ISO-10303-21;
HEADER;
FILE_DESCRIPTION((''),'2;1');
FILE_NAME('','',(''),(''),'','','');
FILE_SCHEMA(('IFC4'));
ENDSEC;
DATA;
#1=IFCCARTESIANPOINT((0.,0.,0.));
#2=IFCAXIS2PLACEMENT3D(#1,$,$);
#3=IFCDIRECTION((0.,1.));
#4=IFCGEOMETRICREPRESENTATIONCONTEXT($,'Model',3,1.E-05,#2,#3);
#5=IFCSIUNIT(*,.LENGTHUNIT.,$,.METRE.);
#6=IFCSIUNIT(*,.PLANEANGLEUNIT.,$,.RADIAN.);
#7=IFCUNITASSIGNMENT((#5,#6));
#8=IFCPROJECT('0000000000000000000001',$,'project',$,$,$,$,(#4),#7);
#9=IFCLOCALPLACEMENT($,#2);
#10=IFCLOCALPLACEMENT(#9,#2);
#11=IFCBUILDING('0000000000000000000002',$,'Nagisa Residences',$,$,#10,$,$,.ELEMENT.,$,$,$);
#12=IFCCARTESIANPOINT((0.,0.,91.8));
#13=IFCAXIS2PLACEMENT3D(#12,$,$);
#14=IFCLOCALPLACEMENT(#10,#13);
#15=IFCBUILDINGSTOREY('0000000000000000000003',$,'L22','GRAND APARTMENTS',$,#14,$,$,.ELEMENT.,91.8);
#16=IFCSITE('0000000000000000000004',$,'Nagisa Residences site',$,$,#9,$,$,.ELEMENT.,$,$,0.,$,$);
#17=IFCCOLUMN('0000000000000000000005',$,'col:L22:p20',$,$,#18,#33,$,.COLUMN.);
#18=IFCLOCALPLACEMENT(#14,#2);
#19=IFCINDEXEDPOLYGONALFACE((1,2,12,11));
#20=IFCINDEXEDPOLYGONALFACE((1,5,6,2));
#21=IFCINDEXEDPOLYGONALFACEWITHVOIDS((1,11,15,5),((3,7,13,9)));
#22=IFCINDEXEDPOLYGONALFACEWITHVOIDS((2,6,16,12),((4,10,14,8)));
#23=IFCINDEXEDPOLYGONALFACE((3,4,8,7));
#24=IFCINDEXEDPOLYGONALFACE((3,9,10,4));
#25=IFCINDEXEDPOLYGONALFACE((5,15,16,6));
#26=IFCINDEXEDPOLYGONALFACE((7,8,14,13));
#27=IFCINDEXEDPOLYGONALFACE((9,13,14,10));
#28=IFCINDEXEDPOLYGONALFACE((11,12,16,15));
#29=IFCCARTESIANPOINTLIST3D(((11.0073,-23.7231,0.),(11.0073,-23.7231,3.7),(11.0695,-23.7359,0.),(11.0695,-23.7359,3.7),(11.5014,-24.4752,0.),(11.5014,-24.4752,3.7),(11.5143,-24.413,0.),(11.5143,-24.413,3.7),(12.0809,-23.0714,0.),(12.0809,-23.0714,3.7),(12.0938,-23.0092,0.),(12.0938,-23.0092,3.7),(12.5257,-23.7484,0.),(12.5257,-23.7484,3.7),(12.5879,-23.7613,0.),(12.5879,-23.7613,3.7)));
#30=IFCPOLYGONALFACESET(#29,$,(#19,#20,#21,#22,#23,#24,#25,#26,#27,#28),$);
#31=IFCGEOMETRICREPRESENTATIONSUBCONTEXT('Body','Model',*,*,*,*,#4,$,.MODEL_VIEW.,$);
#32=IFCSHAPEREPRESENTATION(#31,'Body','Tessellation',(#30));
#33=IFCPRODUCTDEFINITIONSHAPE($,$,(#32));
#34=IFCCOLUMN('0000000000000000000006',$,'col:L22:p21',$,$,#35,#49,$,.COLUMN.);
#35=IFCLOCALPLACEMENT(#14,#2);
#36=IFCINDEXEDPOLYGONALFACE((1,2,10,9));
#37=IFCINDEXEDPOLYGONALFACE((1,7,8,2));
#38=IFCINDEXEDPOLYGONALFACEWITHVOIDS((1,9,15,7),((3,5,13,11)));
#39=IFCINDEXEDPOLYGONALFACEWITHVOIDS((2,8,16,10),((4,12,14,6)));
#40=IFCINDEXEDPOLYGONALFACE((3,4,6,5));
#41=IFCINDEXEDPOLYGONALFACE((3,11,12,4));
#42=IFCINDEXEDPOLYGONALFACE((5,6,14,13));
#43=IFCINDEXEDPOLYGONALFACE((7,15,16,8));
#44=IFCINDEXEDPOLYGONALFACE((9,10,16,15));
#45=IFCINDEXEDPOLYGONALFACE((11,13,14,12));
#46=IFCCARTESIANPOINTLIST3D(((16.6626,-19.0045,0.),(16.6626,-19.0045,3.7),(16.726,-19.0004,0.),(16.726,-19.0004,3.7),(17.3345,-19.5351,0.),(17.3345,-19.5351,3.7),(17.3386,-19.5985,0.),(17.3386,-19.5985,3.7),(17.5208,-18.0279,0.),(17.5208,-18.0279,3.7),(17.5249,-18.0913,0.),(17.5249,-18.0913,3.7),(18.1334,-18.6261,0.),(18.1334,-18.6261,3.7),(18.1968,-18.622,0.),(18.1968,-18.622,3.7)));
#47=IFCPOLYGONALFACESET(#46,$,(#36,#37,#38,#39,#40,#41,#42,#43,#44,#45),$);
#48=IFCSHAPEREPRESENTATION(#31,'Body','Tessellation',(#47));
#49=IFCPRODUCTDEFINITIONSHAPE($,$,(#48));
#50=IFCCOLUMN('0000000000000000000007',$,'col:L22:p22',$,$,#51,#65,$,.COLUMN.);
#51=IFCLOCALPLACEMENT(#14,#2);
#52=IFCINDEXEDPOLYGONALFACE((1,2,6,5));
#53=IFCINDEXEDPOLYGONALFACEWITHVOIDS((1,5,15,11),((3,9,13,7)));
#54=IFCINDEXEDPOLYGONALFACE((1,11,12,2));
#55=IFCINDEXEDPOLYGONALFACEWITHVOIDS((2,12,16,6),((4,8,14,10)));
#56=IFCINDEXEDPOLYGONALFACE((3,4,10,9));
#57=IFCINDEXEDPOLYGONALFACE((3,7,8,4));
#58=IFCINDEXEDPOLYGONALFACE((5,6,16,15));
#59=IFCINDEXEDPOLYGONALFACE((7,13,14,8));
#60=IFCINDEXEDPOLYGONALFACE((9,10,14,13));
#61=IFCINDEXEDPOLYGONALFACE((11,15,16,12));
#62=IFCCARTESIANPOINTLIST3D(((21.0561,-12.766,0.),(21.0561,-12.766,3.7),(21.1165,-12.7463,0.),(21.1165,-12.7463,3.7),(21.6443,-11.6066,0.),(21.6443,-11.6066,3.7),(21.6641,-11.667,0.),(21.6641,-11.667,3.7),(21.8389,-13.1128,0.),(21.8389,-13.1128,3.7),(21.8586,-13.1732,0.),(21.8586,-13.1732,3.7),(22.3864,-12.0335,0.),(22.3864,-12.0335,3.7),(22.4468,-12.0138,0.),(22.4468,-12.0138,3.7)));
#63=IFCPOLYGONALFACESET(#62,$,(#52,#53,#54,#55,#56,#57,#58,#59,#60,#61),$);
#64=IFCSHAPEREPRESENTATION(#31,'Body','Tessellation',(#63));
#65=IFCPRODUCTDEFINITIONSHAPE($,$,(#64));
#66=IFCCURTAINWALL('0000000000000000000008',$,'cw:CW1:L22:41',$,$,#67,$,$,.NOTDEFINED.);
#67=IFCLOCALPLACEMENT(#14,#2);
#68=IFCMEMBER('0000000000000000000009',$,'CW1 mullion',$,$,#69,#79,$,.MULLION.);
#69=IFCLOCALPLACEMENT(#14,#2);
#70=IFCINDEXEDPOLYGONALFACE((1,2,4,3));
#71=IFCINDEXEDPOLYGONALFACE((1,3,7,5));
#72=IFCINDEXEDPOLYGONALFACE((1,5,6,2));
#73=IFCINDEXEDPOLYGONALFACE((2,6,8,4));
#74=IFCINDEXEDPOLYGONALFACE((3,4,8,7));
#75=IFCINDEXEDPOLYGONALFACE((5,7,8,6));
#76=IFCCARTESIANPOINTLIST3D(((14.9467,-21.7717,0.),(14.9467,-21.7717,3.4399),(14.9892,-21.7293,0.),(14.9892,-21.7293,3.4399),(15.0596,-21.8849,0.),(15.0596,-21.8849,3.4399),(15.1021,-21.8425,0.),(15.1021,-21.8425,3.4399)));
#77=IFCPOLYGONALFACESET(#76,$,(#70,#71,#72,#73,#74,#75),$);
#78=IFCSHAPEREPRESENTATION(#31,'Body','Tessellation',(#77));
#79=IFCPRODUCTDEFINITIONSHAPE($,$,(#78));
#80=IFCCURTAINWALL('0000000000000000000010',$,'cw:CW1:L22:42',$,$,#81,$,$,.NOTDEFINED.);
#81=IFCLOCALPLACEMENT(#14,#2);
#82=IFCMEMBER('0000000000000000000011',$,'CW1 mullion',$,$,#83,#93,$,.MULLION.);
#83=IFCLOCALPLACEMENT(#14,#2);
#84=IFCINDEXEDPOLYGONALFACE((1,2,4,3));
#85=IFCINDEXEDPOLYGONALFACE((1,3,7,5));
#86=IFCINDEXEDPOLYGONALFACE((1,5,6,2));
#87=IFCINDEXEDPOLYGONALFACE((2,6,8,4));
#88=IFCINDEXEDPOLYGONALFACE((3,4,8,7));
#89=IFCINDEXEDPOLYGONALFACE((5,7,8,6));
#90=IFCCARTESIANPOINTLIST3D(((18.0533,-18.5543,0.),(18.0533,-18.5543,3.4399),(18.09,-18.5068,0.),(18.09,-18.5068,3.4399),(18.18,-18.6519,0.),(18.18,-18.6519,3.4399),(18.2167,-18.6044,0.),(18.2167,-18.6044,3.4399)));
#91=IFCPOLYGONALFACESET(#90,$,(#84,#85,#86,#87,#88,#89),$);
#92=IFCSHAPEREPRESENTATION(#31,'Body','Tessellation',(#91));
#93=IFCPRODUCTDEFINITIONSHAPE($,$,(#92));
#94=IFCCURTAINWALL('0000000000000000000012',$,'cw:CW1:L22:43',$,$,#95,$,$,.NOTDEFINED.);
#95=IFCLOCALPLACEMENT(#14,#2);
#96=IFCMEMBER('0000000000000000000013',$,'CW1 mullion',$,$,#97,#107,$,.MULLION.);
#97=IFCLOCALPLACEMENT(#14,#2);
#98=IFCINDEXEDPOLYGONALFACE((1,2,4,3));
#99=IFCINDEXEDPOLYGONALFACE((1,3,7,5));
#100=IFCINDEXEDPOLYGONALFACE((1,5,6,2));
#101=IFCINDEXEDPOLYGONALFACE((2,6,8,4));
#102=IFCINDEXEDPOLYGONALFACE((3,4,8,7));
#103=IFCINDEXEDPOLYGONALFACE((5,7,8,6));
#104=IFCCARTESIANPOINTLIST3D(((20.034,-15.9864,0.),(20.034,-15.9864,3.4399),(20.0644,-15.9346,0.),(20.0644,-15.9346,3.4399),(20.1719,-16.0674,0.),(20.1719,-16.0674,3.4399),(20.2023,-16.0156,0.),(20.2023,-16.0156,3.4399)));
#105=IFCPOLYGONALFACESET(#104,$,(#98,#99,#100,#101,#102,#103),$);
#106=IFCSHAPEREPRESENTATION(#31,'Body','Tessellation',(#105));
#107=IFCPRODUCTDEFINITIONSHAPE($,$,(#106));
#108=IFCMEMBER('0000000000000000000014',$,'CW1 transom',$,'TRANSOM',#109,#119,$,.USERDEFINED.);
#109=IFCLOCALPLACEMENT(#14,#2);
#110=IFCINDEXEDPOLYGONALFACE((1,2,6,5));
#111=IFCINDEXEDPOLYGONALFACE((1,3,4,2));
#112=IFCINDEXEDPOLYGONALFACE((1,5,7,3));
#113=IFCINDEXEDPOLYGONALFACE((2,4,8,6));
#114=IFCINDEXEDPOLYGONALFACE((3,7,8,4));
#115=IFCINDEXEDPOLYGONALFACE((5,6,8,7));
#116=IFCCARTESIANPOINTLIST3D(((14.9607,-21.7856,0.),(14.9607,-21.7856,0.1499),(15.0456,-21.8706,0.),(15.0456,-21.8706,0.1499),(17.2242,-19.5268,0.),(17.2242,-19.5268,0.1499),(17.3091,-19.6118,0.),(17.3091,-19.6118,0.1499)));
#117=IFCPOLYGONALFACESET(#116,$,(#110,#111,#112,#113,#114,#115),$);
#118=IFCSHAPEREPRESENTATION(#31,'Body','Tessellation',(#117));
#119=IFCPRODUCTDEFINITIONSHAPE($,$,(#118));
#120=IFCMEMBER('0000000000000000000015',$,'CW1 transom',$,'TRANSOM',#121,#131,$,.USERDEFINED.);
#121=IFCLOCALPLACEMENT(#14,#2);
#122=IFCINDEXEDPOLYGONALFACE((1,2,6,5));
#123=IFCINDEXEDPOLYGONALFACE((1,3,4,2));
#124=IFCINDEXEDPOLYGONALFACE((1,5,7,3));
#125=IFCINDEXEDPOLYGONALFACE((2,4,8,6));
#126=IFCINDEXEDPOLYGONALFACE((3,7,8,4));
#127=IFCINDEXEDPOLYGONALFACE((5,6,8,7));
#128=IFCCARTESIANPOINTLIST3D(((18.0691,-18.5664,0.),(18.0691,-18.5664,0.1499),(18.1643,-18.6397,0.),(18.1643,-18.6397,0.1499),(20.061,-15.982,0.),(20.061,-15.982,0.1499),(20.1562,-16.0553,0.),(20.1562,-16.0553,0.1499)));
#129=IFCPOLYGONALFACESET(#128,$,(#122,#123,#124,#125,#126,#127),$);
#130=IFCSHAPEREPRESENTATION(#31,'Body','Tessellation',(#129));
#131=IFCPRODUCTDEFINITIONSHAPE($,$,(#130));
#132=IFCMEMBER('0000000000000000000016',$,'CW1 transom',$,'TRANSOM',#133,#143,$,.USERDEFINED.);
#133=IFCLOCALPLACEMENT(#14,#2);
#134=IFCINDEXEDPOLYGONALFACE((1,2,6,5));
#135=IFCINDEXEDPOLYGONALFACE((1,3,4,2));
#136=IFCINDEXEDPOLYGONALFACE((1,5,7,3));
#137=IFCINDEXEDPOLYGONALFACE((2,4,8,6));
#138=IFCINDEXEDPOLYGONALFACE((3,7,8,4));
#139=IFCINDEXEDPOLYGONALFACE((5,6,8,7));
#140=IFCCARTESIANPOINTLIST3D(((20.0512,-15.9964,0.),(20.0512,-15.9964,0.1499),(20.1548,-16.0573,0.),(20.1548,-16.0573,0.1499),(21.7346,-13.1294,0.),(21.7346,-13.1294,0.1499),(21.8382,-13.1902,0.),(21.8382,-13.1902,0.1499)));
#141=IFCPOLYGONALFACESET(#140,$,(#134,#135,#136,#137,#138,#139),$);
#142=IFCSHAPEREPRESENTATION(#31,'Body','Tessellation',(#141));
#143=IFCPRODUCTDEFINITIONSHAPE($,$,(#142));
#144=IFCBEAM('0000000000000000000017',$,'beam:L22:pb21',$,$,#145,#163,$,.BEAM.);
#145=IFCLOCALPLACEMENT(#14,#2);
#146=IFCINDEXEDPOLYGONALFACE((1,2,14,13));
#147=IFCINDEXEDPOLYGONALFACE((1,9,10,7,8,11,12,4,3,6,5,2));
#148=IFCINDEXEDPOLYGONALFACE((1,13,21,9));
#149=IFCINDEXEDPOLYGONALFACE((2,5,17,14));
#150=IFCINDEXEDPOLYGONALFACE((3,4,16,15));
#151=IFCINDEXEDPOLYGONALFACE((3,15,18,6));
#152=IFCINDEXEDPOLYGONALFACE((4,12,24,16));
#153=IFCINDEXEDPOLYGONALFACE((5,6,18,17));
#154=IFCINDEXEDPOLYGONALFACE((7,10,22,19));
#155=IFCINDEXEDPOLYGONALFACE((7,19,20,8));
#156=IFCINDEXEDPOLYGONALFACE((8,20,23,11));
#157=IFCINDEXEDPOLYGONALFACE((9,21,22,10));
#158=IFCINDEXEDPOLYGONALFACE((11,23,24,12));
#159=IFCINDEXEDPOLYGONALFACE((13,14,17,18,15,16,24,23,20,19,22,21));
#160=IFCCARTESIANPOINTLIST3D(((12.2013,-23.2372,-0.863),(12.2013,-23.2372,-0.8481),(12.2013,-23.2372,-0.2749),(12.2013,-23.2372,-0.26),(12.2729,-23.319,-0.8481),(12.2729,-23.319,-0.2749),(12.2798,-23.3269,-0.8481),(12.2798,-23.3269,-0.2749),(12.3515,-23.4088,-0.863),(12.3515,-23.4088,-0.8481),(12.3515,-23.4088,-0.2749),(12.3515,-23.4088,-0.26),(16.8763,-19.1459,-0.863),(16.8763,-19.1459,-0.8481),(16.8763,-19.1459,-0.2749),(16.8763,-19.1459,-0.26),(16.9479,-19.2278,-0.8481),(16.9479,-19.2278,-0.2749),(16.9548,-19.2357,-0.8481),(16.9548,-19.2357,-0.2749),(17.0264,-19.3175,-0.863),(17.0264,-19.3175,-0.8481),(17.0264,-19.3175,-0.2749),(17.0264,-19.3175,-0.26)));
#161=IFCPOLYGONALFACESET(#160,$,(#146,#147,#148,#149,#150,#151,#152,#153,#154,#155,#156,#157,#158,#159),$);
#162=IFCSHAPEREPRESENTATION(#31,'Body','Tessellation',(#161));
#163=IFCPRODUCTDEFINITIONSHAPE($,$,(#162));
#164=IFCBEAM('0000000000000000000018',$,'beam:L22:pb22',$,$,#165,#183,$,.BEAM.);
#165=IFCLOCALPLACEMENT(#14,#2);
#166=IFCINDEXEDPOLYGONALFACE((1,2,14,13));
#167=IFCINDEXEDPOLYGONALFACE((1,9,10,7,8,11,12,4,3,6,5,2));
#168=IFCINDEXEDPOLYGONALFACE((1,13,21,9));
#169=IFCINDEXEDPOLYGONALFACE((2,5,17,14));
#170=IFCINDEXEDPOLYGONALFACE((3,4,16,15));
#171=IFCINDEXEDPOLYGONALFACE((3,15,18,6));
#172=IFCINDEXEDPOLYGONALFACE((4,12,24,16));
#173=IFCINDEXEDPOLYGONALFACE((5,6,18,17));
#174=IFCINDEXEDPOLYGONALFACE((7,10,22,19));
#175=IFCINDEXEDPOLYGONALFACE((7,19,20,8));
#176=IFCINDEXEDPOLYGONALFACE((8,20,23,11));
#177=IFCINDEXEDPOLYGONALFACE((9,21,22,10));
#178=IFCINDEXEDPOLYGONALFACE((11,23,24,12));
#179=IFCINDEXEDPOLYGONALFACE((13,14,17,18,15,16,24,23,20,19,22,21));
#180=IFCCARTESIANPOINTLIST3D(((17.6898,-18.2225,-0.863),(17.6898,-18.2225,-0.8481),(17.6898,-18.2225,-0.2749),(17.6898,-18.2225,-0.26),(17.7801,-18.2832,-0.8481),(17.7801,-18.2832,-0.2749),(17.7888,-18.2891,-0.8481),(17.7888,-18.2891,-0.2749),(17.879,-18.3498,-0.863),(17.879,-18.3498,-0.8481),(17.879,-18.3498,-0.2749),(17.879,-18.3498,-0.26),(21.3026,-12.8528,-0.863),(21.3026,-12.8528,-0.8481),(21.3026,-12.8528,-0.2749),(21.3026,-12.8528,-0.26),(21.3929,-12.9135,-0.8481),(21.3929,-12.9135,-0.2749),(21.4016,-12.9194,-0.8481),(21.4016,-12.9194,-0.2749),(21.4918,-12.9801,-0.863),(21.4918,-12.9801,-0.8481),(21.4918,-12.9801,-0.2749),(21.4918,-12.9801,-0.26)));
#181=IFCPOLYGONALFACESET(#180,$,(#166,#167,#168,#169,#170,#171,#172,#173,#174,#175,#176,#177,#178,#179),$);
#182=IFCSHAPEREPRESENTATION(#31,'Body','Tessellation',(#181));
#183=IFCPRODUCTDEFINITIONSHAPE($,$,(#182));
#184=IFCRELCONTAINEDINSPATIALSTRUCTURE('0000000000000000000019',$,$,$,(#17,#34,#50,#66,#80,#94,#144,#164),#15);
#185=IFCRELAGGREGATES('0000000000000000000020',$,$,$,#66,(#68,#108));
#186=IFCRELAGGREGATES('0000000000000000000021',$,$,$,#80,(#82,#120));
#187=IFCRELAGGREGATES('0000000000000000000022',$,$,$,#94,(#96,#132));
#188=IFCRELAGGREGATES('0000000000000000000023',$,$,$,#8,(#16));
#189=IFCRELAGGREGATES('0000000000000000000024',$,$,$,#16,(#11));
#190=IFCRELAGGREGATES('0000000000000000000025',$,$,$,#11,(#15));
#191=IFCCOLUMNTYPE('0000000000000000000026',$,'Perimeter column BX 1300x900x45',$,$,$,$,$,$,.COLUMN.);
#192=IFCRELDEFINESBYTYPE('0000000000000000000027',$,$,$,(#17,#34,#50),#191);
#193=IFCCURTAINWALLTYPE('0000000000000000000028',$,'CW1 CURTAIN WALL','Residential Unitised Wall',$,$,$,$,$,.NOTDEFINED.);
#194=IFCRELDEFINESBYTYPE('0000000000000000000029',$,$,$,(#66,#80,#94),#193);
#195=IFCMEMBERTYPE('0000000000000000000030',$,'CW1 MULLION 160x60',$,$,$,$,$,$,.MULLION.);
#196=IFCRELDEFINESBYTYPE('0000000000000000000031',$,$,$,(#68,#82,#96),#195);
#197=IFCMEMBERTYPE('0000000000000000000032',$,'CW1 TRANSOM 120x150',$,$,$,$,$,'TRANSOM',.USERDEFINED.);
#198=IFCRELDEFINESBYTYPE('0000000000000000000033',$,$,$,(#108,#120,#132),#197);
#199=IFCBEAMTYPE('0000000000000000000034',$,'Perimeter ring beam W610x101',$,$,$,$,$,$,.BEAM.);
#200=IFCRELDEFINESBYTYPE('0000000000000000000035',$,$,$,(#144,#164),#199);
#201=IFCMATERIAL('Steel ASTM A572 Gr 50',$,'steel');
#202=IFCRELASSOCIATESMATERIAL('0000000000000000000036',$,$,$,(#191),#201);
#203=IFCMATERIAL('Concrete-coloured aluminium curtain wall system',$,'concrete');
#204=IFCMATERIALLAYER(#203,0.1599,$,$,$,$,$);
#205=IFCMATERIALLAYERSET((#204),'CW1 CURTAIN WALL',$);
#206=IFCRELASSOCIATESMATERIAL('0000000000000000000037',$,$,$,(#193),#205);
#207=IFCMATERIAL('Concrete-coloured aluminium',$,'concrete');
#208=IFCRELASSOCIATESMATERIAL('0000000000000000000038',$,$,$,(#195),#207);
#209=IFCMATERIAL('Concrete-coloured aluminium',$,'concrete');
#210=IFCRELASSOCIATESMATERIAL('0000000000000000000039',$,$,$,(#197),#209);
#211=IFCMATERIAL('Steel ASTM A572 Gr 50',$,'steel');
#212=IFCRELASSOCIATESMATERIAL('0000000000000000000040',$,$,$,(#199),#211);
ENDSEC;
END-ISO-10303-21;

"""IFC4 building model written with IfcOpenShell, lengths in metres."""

from ifc_helpers import new_model, si_unit, direction, frame, origin, origin_2d, place, context, subcontext, project, spatial, rectangle, hollow_rectangle, i_section, extrude, material, layer, layer_set, material_profile, profile_set, type_object, element, aggregate, save


model = new_model("IFC4")

# Units and contexts
model_context = context("Model", 3, precision=1e-05, world=origin(), true_north=direction((0.0, 1.0)))
body_context = subcontext(model_context, "Body", "Model", "MODEL_VIEW")
ifc_project = project(units=[si_unit("LENGTHUNIT", "METRE"), si_unit("PLANEANGLEUNIT", "RADIAN")], contexts=[model_context])

# Site, building, storey
site_placement = place(None, origin())
site = spatial("IfcSite", under=ifc_project, at=site_placement, Name="Nagisa Residences site", CompositionType="ELEMENT", RefElevation=0.0)
building_placement = place(site_placement, origin())
building = spatial("IfcBuilding", under=site, at=building_placement, Name="Nagisa Residences", CompositionType="ELEMENT")
storey_placement = place(building_placement, frame((0.0, 0.0, 91.8)))
storey = spatial("IfcBuildingStorey", under=building, at=storey_placement, Name="L22", Description="GRAND APARTMENTS", CompositionType="ELEMENT", Elevation=91.8)

# Columns
ifc_material_1 = material(Name="Steel ASTM A572 Gr 50", Category="steel")
ifc_material_profile_1 = material_profile(ifc_material_1, hollow_rectangle(XDim=1.3, YDim=0.8999, WallThickness=0.0449, at=origin_2d()), Name="BX 1300x900x45")
ifc_profile_set_1 = profile_set([ifc_material_profile_1], Name="Steel ASTM A572 Gr 50")
column_type = type_object("IfcColumnType", Name="Perimeter column BX 1300x900x45", PredefinedType="COLUMN", material=ifc_profile_set_1)
for number, where, z_axis, x_axis, name in (
    (1, (11.7976, -23.7422, 0.0), (0.0, 0.0, 1.0), (0.835766, 0.549086, 0.0), "col:L22:p20"),
    (2, (17.4297, -18.8132, 0.0), (0.0, 0.0, 1.0), (0.660115, 0.751165, 0.0), "col:L22:p21"),
    (3, (21.7515, -12.3899, 0.0), (0.0, 0.0, 1.0), (0.452463, 0.891783, 0.0), "col:L22:p22"),
):
    element("IfcColumn", number, at=place(storey_placement, frame(where, z_axis=z_axis, x_axis=x_axis)), inside=storey, type_object=column_type, Name=name, PredefinedType="COLUMN", context=body_context, shape_type="SweptSolid", body=[
        extrude(hollow_rectangle(XDim=1.3, YDim=0.8999, WallThickness=0.0449, at=origin_2d()), origin(), (0.0, 0.0, 1.0), 3.7),
    ])

# Curtain walls, members
ifc_material_2 = material(Name="Concrete-coloured aluminium curtain wall system", Category="concrete")
ifc_layer_1 = layer(ifc_material_2, 0.1599)
ifc_layer_set_1 = layer_set([ifc_layer_1], Name="CW1 CURTAIN WALL")
curtain_wall_type = type_object("IfcCurtainWallType", Name="CW1 CURTAIN WALL", Description="Residential Unitised Wall", PredefinedType="NOTDEFINED", material=ifc_layer_set_1)
curtain_wall_1_placement = place(storey_placement, origin())
curtain_wall_1 = element("IfcCurtainWall", 4, at=curtain_wall_1_placement, inside=storey, type_object=curtain_wall_type, Name="cw:CW1:L22:41", PredefinedType="NOTDEFINED")
ifc_material_3 = material(Name="Concrete-coloured aluminium", Category="concrete")
ifc_material_profile_2 = material_profile(ifc_material_3, rectangle(XDim=0.1599, YDim=0.0601, at=origin_2d()), Name="CW1 MULLION 160x60")
ifc_profile_set_2 = profile_set([ifc_material_profile_2], Name="Concrete-coloured aluminium")
member_type_1 = type_object("IfcMemberType", Name="CW1 MULLION 160x60", PredefinedType="MULLION", material=ifc_profile_set_2)
member_1_placement = place(storey_placement, frame((15.0244, -21.8071, 0.0), z_axis=(0.0, 0.0, 1.0), x_axis=(-0.706377, 0.707836, 0.0)))
member_1 = element("IfcMember", 5, at=member_1_placement, type_object=member_type_1, Name="CW1 mullion", PredefinedType="MULLION", context=body_context, shape_type="SweptSolid", body=[
    extrude(rectangle(XDim=0.1599, YDim=0.0601, at=origin_2d()), origin(), (0.0, 0.0, 1.0), 3.4399),
])
curtain_wall_2_placement = place(storey_placement, origin())
curtain_wall_2 = element("IfcCurtainWall", 6, at=curtain_wall_2_placement, inside=storey, type_object=curtain_wall_type, Name="cw:CW1:L22:42", PredefinedType="NOTDEFINED")
member_2_placement = place(storey_placement, frame((18.135, -18.5793, 0.0), z_axis=(0.0, 0.0, 1.0), x_axis=(-0.79207, 0.61043, 0.0)))
member_2 = element("IfcMember", 7, at=member_2_placement, type_object=member_type_1, Name="CW1 mullion", PredefinedType="MULLION", context=body_context, shape_type="SweptSolid", body=[
    extrude(rectangle(XDim=0.1599, YDim=0.0601, at=origin_2d()), origin(), (0.0, 0.0, 1.0), 3.4399),
])
curtain_wall_3_placement = place(storey_placement, origin())
curtain_wall_3 = element("IfcCurtainWall", 8, at=curtain_wall_3_placement, inside=storey, type_object=curtain_wall_type, Name="cw:CW1:L22:43", PredefinedType="NOTDEFINED")
member_3_placement = place(storey_placement, frame((20.1182, -16.001, 0.0), z_axis=(0.0, 0.0, 1.0), x_axis=(-0.862329, 0.506349, 0.0)))
member_3 = element("IfcMember", 9, at=member_3_placement, type_object=member_type_1, Name="CW1 mullion", PredefinedType="MULLION", context=body_context, shape_type="SweptSolid", body=[
    extrude(rectangle(XDim=0.1599, YDim=0.0601, at=origin_2d()), origin(), (0.0, 0.0, 1.0), 3.4399),
])

# Members
ifc_material_4 = material(Name="Concrete-coloured aluminium", Category="concrete")
ifc_material_profile_3 = material_profile(ifc_material_4, rectangle(XDim=0.1201, YDim=0.1499, at=origin_2d()), Name="CW1 TRANSOM 120x150")
ifc_profile_set_3 = profile_set([ifc_material_profile_3], Name="Concrete-coloured aluminium")
member_type_2 = type_object("IfcMemberType", Name="CW1 TRANSOM 120x150", ElementType="TRANSOM", PredefinedType="USERDEFINED", material=ifc_profile_set_3)
member_4_placement = place(storey_placement, frame((15.0032, -21.8281, 0.075), z_axis=(0.707832, 0.706381, 0.0), x_axis=(-0.706381, 0.707832, 0.0)))
member_4 = element("IfcMember", 10, at=member_4_placement, type_object=member_type_2, Name="CW1 transom", ObjectType="TRANSOM", PredefinedType="USERDEFINED", context=body_context, shape_type="SweptSolid", body=[
    extrude(rectangle(XDim=0.1201, YDim=0.1499, at=origin_2d()), origin(), (0.0, 0.0, 1.0), 3.1978),
])
member_5_placement = place(storey_placement, frame((18.1167, -18.603, 0.075), z_axis=(0.610459, 0.792048, 0.0), x_axis=(-0.792048, 0.610459, 0.0)))
member_5 = element("IfcMember", 11, at=member_5_placement, type_object=member_type_2, Name="CW1 transom", ObjectType="TRANSOM", PredefinedType="USERDEFINED", context=body_context, shape_type="SweptSolid", body=[
    extrude(rectangle(XDim=0.1201, YDim=0.1499, at=origin_2d()), origin(), (0.0, 0.0, 1.0), 3.2629),
])
member_6_placement = place(storey_placement, frame((20.103, -16.0269, 0.075), z_axis=(0.50633, 0.86234, 0.0), x_axis=(-0.86234, 0.50633, 0.0)))
member_6 = element("IfcMember", 12, at=member_6_placement, type_object=member_type_2, Name="CW1 transom", ObjectType="TRANSOM", PredefinedType="USERDEFINED", context=body_context, shape_type="SweptSolid", body=[
    extrude(rectangle(XDim=0.1201, YDim=0.1499, at=origin_2d()), origin(), (0.0, 0.0, 1.0), 3.3247),
])

# Beams
ifc_material_5 = material(Name="Steel ASTM A572 Gr 50", Category="steel")
ifc_material_profile_4 = material_profile(ifc_material_5, i_section(OverallWidth=0.228, OverallDepth=0.603, WebThickness=0.0105, FlangeThickness=0.0149, at=origin_2d()), Name="W610x101")
ifc_profile_set_4 = profile_set([ifc_material_profile_4], Name="Steel ASTM A572 Gr 50")
beam_type_1 = type_object("IfcBeamType", Name="Perimeter ring beam W610x101", PredefinedType="BEAM", material=ifc_profile_set_4)
beam_1_placement = place(storey_placement, frame((12.2764, -23.323, -0.5615), z_axis=(0.752526, 0.658563, 0.0), x_axis=(-0.658563, 0.752526, 0.0)))
element("IfcBeam", 13, at=beam_1_placement, inside=storey, type_object=beam_type_1, Name="beam:L22:pb21", PredefinedType="BEAM", context=body_context, shape_type="SweptSolid", body=[
    extrude(i_section(OverallWidth=0.228, OverallDepth=0.603, WebThickness=0.0105, FlangeThickness=0.0149, at=origin_2d()), origin(), (0.0, 0.0, 1.0), 6.2124),
])
beam_2_placement = place(storey_placement, frame((17.7844, -18.2861, -0.5615), z_axis=(0.55823, 0.829687, 0.0), x_axis=(-0.829687, 0.55823, 0.0)))
element("IfcBeam", 14, at=beam_2_placement, inside=storey, type_object=beam_type_1, Name="beam:L22:pb22", PredefinedType="BEAM", context=body_context, shape_type="SweptSolid", body=[
    extrude(i_section(OverallWidth=0.228, OverallDepth=0.603, WebThickness=0.0105, FlangeThickness=0.0149, at=origin_2d()), origin(), (0.0, 0.0, 1.0), 6.4719),
])

aggregate(curtain_wall_1, [member_1, member_4])
aggregate(curtain_wall_2, [member_2, member_5])
aggregate(curtain_wall_3, [member_3, member_6])

save(model, "model.ifc")
